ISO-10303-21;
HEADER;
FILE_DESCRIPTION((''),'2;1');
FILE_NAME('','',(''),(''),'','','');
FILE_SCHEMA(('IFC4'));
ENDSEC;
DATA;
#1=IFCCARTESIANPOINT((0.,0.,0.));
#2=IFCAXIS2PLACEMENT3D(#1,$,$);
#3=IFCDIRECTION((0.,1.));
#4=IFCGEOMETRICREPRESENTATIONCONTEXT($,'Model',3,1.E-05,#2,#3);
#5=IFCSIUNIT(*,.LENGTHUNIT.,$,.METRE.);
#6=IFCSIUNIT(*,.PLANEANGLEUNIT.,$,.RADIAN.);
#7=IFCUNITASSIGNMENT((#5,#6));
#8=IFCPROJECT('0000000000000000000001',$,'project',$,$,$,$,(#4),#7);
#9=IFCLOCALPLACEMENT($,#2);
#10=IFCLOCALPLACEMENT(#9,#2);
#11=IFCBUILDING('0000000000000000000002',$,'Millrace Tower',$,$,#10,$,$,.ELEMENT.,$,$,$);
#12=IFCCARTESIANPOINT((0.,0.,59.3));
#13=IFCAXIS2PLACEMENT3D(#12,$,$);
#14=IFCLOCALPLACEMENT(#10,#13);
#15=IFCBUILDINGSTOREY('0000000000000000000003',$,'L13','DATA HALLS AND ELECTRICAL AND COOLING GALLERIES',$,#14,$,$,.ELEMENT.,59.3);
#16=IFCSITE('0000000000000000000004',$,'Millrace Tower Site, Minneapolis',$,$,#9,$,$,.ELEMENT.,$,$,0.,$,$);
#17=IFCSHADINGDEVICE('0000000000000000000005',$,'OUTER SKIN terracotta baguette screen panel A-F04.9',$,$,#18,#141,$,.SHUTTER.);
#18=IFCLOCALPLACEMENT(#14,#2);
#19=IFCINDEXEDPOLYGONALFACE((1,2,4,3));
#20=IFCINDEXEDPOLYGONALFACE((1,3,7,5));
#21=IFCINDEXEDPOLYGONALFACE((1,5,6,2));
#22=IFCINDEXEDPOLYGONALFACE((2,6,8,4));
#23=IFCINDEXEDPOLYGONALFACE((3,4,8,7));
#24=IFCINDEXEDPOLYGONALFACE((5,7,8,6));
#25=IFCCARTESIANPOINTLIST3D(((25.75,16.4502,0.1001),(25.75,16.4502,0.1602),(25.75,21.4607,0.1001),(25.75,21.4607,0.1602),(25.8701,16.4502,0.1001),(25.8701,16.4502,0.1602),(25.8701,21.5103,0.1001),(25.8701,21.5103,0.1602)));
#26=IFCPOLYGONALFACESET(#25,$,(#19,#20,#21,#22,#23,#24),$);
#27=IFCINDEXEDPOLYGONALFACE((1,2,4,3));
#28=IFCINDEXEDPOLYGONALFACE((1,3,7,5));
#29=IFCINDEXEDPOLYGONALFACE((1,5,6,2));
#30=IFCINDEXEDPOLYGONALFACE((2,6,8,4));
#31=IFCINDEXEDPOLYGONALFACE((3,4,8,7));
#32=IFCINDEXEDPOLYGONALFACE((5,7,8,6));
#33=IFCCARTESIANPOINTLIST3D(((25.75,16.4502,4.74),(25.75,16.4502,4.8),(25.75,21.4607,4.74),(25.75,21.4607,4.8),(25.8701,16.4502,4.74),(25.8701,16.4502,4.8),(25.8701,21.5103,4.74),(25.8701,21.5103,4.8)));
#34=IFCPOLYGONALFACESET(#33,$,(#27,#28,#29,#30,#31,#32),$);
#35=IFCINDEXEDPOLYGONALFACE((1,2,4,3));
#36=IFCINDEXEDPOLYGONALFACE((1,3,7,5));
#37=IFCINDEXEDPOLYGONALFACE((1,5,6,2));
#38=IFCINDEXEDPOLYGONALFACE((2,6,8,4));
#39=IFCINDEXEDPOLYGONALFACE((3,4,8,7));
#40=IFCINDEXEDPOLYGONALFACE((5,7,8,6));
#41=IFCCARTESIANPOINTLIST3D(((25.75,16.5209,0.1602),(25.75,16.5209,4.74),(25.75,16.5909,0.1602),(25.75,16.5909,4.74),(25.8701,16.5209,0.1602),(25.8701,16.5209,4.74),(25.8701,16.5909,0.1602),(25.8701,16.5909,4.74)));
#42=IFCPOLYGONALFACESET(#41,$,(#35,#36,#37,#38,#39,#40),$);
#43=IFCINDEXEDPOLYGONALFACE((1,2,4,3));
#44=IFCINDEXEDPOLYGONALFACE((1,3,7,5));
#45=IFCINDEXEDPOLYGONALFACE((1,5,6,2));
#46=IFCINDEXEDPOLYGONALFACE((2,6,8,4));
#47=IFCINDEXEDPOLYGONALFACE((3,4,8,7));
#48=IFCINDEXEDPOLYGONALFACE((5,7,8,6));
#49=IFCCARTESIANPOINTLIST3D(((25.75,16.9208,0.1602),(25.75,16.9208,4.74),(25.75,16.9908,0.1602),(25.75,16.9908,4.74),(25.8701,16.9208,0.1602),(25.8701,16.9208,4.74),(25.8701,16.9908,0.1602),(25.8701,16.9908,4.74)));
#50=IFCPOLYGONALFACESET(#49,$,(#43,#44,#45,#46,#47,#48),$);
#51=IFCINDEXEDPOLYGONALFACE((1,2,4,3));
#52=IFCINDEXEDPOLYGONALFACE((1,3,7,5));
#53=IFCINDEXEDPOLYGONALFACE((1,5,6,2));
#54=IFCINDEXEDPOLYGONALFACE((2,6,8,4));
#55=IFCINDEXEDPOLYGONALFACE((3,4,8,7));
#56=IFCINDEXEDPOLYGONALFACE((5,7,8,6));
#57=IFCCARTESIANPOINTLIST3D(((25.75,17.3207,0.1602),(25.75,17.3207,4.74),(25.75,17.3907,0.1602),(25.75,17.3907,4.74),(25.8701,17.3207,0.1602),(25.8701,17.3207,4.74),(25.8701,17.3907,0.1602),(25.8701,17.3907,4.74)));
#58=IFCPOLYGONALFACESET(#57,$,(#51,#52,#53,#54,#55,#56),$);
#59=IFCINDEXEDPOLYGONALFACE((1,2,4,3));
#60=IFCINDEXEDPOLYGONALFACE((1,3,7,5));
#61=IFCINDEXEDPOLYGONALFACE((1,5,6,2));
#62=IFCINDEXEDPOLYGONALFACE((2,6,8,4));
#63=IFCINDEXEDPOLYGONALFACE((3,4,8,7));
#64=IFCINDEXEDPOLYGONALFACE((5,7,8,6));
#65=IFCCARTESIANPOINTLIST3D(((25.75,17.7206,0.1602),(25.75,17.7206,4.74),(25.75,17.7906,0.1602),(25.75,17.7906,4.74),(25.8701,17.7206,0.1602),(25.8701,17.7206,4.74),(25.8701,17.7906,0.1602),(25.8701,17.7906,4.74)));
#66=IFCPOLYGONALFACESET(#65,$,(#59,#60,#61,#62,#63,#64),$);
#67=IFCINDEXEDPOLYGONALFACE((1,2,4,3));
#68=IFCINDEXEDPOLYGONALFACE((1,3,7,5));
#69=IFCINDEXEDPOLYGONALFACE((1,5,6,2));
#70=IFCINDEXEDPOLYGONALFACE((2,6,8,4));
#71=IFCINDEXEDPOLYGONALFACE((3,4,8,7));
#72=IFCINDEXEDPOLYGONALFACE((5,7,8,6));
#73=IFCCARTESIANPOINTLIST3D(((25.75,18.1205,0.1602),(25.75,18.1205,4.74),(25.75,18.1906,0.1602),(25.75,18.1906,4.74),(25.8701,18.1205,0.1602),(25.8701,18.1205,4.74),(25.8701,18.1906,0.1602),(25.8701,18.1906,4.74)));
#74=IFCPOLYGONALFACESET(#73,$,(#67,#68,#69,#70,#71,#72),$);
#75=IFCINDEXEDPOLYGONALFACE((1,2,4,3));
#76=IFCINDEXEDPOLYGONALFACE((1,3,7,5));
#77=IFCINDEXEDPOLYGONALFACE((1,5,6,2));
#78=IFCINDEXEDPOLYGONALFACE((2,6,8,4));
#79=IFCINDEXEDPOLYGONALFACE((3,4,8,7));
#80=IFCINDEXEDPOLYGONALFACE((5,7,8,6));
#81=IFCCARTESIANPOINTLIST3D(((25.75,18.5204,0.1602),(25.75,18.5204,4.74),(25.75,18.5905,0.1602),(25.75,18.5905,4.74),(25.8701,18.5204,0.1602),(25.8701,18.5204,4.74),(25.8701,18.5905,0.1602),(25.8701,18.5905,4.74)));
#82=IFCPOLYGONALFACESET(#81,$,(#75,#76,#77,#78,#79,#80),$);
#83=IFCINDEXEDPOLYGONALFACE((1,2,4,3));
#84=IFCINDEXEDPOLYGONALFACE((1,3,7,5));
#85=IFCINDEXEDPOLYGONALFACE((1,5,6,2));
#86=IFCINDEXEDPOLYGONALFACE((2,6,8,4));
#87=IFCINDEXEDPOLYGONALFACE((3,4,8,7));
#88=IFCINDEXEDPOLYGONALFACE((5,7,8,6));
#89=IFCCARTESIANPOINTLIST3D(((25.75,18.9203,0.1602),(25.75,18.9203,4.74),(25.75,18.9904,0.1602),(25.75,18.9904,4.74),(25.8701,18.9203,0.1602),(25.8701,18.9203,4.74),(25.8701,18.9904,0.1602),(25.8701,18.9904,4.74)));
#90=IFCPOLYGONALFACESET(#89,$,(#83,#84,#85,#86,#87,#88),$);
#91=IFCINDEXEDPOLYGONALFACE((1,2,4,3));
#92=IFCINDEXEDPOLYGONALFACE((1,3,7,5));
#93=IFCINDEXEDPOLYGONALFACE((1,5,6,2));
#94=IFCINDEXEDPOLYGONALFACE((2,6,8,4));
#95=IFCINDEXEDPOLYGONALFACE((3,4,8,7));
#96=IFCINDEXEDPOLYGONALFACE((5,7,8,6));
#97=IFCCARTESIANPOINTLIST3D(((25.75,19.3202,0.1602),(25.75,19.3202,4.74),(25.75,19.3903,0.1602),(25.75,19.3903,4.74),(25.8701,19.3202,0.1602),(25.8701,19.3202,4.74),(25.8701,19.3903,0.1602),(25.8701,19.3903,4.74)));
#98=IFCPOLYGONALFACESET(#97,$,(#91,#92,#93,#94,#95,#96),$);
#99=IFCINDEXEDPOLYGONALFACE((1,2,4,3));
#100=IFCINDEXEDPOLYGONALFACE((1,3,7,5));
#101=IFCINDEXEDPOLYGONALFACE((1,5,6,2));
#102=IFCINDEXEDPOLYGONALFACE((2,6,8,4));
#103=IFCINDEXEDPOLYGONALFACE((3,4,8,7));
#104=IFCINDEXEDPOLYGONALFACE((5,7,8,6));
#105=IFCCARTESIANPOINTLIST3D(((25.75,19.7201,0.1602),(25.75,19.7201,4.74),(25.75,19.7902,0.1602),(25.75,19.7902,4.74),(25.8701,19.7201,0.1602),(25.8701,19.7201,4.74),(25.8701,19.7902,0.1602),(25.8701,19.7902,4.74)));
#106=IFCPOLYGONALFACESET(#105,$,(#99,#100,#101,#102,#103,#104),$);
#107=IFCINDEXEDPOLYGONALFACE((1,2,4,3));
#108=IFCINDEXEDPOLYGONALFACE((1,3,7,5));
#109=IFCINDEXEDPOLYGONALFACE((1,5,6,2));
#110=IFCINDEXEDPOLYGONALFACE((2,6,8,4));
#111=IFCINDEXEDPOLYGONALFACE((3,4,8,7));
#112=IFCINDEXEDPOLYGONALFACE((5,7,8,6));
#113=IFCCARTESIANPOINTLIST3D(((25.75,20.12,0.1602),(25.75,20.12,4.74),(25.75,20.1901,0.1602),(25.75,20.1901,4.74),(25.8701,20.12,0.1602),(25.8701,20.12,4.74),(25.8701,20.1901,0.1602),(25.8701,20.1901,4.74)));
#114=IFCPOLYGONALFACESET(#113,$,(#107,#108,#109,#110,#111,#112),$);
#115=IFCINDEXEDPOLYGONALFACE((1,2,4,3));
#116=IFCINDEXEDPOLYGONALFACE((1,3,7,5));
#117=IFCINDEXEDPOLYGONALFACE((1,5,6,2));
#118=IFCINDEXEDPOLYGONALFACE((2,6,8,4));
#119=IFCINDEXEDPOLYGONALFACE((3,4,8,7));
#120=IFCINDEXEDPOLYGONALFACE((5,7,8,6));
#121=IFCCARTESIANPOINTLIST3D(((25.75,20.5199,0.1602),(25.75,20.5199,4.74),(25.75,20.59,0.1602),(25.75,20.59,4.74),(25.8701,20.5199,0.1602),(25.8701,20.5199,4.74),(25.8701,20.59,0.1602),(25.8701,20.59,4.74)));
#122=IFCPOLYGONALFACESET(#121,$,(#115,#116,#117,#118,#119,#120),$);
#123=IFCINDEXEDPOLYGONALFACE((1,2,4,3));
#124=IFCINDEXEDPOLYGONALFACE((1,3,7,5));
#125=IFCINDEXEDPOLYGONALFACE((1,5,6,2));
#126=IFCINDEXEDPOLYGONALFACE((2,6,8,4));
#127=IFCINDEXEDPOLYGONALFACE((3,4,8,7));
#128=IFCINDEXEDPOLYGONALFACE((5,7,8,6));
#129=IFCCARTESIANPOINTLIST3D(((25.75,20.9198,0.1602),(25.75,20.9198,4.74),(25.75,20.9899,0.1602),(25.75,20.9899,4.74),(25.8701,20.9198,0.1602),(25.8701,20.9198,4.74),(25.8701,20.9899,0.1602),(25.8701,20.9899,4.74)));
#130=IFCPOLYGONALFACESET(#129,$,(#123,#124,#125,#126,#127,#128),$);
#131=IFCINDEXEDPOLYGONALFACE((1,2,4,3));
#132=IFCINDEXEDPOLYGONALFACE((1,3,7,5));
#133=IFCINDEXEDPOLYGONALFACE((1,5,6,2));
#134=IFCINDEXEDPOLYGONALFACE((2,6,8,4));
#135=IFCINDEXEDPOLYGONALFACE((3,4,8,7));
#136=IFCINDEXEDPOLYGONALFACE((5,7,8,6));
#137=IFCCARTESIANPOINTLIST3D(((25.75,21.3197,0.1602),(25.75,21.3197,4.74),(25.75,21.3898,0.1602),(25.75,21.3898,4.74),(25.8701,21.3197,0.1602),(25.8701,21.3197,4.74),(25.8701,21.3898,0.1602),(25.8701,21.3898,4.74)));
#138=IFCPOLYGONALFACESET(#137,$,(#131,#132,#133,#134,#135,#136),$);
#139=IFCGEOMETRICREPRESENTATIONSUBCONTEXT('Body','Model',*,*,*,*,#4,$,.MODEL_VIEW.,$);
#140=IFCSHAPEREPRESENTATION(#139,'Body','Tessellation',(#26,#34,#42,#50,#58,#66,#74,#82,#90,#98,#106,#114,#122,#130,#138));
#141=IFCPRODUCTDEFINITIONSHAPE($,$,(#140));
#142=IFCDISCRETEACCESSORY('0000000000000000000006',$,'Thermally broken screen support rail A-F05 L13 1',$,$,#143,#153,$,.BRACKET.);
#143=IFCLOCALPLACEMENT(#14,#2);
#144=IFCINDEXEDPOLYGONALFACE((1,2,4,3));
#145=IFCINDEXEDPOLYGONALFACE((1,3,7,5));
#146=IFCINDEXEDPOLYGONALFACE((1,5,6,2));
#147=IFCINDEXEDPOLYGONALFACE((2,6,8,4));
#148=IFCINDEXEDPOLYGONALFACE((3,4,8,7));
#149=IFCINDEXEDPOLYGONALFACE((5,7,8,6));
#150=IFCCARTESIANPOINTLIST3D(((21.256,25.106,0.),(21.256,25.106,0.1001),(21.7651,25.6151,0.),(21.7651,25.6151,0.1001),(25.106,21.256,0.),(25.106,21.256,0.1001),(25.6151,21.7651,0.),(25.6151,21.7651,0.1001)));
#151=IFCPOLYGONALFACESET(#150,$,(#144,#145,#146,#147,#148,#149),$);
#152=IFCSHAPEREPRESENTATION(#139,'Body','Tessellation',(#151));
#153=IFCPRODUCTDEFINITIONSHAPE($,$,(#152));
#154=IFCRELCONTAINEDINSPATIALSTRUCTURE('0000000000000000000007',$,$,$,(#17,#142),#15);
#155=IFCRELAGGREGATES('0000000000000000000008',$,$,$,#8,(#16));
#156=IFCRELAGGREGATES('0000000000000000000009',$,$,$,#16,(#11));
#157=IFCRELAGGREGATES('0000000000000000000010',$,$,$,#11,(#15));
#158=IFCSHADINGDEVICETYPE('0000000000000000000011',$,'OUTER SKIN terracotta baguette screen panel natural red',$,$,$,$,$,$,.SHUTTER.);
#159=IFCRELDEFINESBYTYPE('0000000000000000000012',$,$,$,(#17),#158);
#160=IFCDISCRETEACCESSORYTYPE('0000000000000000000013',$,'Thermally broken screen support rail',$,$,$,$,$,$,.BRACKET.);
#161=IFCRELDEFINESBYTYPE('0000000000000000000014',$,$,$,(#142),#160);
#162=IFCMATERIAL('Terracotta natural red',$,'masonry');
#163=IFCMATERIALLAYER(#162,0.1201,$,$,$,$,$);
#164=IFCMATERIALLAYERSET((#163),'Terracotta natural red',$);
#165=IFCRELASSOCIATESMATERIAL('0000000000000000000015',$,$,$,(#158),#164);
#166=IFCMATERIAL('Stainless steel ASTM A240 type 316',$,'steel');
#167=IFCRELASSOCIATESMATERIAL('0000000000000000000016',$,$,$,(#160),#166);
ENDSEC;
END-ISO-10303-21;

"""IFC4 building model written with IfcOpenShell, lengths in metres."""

from ifc_helpers import new_model, entity, si_unit, direction, frame, frame_2d, origin, origin_2d, place, context, subcontext, project, spatial, rectangle, extrude, source, transform, mapped, material, layer, layer_set, type_object, element, save


model = new_model("IFC4")

# Units and contexts
model_context = context("Model", 3, precision=1e-05, world=origin(), true_north=direction((0.0, 1.0)))
body_context = subcontext(model_context, "Body", "Model", "MODEL_VIEW")
ifc_project = project(units=[si_unit("LENGTHUNIT", "METRE"), si_unit("PLANEANGLEUNIT", "RADIAN")], contexts=[model_context])

# Site, building, storey
site_placement = place(None, origin())
site = spatial("IfcSite", under=ifc_project, at=site_placement, Name="Millrace Tower Site, Minneapolis", CompositionType="ELEMENT", RefElevation=0.0)
building_placement = place(site_placement, origin())
building = spatial("IfcBuilding", under=site, at=building_placement, Name="Millrace Tower", CompositionType="ELEMENT")
storey_placement = place(building_placement, frame((0.0, 0.0, 59.3)))
storey = spatial("IfcBuildingStorey", under=building, at=storey_placement, Name="L13", Description="DATA HALLS AND ELECTRICAL AND COOLING GALLERIES", CompositionType="ELEMENT", Elevation=59.3)

# Shading device
ifc_material_1 = material(Name="Terracotta natural red", Category="masonry")
ifc_layer_1 = layer(ifc_material_1, 0.1201)
ifc_layer_set_1 = layer_set([ifc_layer_1], Name="Terracotta natural red")
shading_device_type_1 = type_object("IfcShadingDeviceType", Name="OUTER SKIN terracotta baguette screen panel natural red", PredefinedType="SHUTTER", material=ifc_layer_set_1)
cartesian_point_1 = entity("IfcCartesianPoint", [-2.5176, 0.0601])
shared_polyline_1 = entity("IfcPolyline", [cartesian_point_1, entity("IfcCartesianPoint", [2.4929, 0.0601]), entity("IfcCartesianPoint", [2.5425, -0.0601]), entity("IfcCartesianPoint", [-2.5176, -0.0601]), cartesian_point_1])
shared_shape_1 = source(origin(), body_context, "Body", "SweptSolid", [
    entity("IfcExtrudedAreaSolid", entity("IfcArbitraryClosedProfileDef", "AREA", None, shared_polyline_1), entity("IfcAxis2Placement3D", entity("IfcCartesianPoint", [0.0, 0.0, 0.0])), entity("IfcDirection", [0.0, 0.0, 1.0]), 0.0601),
    entity("IfcExtrudedAreaSolid", entity("IfcArbitraryClosedProfileDef", "AREA", None, shared_polyline_1), entity("IfcAxis2Placement3D", entity("IfcCartesianPoint", [0.0, 0.0, 4.6399])), entity("IfcDirection", [0.0, 0.0, 1.0]), 0.0601),
    extrude(rectangle(XDim=0.0701, YDim=0.1201, at=frame_2d((-2.4119, 0.0))), frame((0.0, 0.0, 0.0601)), (0.0, 0.0, 1.0), 4.5798),
    extrude(rectangle(XDim=0.0701, YDim=0.1201, at=frame_2d((-2.012, 0.0))), frame((0.0, 0.0, 0.0601)), (0.0, 0.0, 1.0), 4.5798),
    extrude(rectangle(XDim=0.0701, YDim=0.1201, at=frame_2d((-1.6121, 0.0))), frame((0.0, 0.0, 0.0601)), (0.0, 0.0, 1.0), 4.5798),
    extrude(rectangle(XDim=0.0701, YDim=0.1201, at=frame_2d((-1.2122, 0.0))), frame((0.0, 0.0, 0.0601)), (0.0, 0.0, 1.0), 4.5798),
    extrude(rectangle(XDim=0.0701, YDim=0.1201, at=frame_2d((-0.8123, 0.0))), frame((0.0, 0.0, 0.0601)), (0.0, 0.0, 1.0), 4.5798),
    extrude(rectangle(XDim=0.0701, YDim=0.1201, at=frame_2d((-0.4124, 0.0))), frame((0.0, 0.0, 0.0601)), (0.0, 0.0, 1.0), 4.5798),
    extrude(rectangle(XDim=0.0701, YDim=0.1201, at=frame_2d((-0.0125, 0.0))), frame((0.0, 0.0, 0.0601)), (0.0, 0.0, 1.0), 4.5798),
    extrude(rectangle(XDim=0.0701, YDim=0.1201, at=frame_2d((0.3875, 0.0))), frame((0.0, 0.0, 0.0601)), (0.0, 0.0, 1.0), 4.5798),
    extrude(rectangle(XDim=0.0701, YDim=0.1201, at=frame_2d((0.7874, 0.0))), frame((0.0, 0.0, 0.0601)), (0.0, 0.0, 1.0), 4.5798),
    extrude(rectangle(XDim=0.0701, YDim=0.1201, at=frame_2d((1.1873, 0.0))), frame((0.0, 0.0, 0.0601)), (0.0, 0.0, 1.0), 4.5798),
    extrude(rectangle(XDim=0.0701, YDim=0.1201, at=frame_2d((1.5872, 0.0))), frame((0.0, 0.0, 0.0601)), (0.0, 0.0, 1.0), 4.5798),
    extrude(rectangle(XDim=0.0701, YDim=0.1201, at=frame_2d((1.9871, 0.0))), frame((0.0, 0.0, 0.0601)), (0.0, 0.0, 1.0), 4.5798),
    extrude(rectangle(XDim=0.0701, YDim=0.1201, at=frame_2d((2.387, 0.0))), frame((0.0, 0.0, 0.0601)), (0.0, 0.0, 1.0), 4.5798),
])
shading_device_1_placement = place(storey_placement, frame((25.8101, 18.9678, 0.1001), z_axis=(0.0, 0.0, 1.0), x_axis=(0.0, 1.0, 0.0)))
element("IfcShadingDevice", 1, at=shading_device_1_placement, inside=storey, type_object=shading_device_type_1, Name="OUTER SKIN terracotta baguette screen panel A-F04.9", PredefinedType="SHUTTER", context=body_context, shape_type="MappedRepresentation", body=[
    mapped(shared_shape_1, transform((0.0, 0.0, 0.0), scale=1.0)),
])

# Discrete accessory
ifc_material_2 = material(Name="Stainless steel ASTM A240 type 316", Category="steel")
discrete_accessory_type = type_object("IfcDiscreteAccessoryType", Name="Thermally broken screen support rail", PredefinedType="BRACKET", material=ifc_material_2)
discrete_accessory_placement = place(storey_placement, frame((23.4355, 23.4355, 0.0), z_axis=(0.0, 0.0, 1.0), x_axis=(-0.707107, 0.707107, 0.0)))
element("IfcDiscreteAccessory", 2, at=discrete_accessory_placement, inside=storey, type_object=discrete_accessory_type, Name="Thermally broken screen support rail A-F05 L13 1", PredefinedType="BRACKET", context=body_context, shape_type="SweptSolid", body=[
    extrude(rectangle(XDim=5.4448, YDim=0.72, at=origin_2d()), origin(), (0.0, 0.0, 1.0), 0.1001),
])

save(model, "model.ifc")
